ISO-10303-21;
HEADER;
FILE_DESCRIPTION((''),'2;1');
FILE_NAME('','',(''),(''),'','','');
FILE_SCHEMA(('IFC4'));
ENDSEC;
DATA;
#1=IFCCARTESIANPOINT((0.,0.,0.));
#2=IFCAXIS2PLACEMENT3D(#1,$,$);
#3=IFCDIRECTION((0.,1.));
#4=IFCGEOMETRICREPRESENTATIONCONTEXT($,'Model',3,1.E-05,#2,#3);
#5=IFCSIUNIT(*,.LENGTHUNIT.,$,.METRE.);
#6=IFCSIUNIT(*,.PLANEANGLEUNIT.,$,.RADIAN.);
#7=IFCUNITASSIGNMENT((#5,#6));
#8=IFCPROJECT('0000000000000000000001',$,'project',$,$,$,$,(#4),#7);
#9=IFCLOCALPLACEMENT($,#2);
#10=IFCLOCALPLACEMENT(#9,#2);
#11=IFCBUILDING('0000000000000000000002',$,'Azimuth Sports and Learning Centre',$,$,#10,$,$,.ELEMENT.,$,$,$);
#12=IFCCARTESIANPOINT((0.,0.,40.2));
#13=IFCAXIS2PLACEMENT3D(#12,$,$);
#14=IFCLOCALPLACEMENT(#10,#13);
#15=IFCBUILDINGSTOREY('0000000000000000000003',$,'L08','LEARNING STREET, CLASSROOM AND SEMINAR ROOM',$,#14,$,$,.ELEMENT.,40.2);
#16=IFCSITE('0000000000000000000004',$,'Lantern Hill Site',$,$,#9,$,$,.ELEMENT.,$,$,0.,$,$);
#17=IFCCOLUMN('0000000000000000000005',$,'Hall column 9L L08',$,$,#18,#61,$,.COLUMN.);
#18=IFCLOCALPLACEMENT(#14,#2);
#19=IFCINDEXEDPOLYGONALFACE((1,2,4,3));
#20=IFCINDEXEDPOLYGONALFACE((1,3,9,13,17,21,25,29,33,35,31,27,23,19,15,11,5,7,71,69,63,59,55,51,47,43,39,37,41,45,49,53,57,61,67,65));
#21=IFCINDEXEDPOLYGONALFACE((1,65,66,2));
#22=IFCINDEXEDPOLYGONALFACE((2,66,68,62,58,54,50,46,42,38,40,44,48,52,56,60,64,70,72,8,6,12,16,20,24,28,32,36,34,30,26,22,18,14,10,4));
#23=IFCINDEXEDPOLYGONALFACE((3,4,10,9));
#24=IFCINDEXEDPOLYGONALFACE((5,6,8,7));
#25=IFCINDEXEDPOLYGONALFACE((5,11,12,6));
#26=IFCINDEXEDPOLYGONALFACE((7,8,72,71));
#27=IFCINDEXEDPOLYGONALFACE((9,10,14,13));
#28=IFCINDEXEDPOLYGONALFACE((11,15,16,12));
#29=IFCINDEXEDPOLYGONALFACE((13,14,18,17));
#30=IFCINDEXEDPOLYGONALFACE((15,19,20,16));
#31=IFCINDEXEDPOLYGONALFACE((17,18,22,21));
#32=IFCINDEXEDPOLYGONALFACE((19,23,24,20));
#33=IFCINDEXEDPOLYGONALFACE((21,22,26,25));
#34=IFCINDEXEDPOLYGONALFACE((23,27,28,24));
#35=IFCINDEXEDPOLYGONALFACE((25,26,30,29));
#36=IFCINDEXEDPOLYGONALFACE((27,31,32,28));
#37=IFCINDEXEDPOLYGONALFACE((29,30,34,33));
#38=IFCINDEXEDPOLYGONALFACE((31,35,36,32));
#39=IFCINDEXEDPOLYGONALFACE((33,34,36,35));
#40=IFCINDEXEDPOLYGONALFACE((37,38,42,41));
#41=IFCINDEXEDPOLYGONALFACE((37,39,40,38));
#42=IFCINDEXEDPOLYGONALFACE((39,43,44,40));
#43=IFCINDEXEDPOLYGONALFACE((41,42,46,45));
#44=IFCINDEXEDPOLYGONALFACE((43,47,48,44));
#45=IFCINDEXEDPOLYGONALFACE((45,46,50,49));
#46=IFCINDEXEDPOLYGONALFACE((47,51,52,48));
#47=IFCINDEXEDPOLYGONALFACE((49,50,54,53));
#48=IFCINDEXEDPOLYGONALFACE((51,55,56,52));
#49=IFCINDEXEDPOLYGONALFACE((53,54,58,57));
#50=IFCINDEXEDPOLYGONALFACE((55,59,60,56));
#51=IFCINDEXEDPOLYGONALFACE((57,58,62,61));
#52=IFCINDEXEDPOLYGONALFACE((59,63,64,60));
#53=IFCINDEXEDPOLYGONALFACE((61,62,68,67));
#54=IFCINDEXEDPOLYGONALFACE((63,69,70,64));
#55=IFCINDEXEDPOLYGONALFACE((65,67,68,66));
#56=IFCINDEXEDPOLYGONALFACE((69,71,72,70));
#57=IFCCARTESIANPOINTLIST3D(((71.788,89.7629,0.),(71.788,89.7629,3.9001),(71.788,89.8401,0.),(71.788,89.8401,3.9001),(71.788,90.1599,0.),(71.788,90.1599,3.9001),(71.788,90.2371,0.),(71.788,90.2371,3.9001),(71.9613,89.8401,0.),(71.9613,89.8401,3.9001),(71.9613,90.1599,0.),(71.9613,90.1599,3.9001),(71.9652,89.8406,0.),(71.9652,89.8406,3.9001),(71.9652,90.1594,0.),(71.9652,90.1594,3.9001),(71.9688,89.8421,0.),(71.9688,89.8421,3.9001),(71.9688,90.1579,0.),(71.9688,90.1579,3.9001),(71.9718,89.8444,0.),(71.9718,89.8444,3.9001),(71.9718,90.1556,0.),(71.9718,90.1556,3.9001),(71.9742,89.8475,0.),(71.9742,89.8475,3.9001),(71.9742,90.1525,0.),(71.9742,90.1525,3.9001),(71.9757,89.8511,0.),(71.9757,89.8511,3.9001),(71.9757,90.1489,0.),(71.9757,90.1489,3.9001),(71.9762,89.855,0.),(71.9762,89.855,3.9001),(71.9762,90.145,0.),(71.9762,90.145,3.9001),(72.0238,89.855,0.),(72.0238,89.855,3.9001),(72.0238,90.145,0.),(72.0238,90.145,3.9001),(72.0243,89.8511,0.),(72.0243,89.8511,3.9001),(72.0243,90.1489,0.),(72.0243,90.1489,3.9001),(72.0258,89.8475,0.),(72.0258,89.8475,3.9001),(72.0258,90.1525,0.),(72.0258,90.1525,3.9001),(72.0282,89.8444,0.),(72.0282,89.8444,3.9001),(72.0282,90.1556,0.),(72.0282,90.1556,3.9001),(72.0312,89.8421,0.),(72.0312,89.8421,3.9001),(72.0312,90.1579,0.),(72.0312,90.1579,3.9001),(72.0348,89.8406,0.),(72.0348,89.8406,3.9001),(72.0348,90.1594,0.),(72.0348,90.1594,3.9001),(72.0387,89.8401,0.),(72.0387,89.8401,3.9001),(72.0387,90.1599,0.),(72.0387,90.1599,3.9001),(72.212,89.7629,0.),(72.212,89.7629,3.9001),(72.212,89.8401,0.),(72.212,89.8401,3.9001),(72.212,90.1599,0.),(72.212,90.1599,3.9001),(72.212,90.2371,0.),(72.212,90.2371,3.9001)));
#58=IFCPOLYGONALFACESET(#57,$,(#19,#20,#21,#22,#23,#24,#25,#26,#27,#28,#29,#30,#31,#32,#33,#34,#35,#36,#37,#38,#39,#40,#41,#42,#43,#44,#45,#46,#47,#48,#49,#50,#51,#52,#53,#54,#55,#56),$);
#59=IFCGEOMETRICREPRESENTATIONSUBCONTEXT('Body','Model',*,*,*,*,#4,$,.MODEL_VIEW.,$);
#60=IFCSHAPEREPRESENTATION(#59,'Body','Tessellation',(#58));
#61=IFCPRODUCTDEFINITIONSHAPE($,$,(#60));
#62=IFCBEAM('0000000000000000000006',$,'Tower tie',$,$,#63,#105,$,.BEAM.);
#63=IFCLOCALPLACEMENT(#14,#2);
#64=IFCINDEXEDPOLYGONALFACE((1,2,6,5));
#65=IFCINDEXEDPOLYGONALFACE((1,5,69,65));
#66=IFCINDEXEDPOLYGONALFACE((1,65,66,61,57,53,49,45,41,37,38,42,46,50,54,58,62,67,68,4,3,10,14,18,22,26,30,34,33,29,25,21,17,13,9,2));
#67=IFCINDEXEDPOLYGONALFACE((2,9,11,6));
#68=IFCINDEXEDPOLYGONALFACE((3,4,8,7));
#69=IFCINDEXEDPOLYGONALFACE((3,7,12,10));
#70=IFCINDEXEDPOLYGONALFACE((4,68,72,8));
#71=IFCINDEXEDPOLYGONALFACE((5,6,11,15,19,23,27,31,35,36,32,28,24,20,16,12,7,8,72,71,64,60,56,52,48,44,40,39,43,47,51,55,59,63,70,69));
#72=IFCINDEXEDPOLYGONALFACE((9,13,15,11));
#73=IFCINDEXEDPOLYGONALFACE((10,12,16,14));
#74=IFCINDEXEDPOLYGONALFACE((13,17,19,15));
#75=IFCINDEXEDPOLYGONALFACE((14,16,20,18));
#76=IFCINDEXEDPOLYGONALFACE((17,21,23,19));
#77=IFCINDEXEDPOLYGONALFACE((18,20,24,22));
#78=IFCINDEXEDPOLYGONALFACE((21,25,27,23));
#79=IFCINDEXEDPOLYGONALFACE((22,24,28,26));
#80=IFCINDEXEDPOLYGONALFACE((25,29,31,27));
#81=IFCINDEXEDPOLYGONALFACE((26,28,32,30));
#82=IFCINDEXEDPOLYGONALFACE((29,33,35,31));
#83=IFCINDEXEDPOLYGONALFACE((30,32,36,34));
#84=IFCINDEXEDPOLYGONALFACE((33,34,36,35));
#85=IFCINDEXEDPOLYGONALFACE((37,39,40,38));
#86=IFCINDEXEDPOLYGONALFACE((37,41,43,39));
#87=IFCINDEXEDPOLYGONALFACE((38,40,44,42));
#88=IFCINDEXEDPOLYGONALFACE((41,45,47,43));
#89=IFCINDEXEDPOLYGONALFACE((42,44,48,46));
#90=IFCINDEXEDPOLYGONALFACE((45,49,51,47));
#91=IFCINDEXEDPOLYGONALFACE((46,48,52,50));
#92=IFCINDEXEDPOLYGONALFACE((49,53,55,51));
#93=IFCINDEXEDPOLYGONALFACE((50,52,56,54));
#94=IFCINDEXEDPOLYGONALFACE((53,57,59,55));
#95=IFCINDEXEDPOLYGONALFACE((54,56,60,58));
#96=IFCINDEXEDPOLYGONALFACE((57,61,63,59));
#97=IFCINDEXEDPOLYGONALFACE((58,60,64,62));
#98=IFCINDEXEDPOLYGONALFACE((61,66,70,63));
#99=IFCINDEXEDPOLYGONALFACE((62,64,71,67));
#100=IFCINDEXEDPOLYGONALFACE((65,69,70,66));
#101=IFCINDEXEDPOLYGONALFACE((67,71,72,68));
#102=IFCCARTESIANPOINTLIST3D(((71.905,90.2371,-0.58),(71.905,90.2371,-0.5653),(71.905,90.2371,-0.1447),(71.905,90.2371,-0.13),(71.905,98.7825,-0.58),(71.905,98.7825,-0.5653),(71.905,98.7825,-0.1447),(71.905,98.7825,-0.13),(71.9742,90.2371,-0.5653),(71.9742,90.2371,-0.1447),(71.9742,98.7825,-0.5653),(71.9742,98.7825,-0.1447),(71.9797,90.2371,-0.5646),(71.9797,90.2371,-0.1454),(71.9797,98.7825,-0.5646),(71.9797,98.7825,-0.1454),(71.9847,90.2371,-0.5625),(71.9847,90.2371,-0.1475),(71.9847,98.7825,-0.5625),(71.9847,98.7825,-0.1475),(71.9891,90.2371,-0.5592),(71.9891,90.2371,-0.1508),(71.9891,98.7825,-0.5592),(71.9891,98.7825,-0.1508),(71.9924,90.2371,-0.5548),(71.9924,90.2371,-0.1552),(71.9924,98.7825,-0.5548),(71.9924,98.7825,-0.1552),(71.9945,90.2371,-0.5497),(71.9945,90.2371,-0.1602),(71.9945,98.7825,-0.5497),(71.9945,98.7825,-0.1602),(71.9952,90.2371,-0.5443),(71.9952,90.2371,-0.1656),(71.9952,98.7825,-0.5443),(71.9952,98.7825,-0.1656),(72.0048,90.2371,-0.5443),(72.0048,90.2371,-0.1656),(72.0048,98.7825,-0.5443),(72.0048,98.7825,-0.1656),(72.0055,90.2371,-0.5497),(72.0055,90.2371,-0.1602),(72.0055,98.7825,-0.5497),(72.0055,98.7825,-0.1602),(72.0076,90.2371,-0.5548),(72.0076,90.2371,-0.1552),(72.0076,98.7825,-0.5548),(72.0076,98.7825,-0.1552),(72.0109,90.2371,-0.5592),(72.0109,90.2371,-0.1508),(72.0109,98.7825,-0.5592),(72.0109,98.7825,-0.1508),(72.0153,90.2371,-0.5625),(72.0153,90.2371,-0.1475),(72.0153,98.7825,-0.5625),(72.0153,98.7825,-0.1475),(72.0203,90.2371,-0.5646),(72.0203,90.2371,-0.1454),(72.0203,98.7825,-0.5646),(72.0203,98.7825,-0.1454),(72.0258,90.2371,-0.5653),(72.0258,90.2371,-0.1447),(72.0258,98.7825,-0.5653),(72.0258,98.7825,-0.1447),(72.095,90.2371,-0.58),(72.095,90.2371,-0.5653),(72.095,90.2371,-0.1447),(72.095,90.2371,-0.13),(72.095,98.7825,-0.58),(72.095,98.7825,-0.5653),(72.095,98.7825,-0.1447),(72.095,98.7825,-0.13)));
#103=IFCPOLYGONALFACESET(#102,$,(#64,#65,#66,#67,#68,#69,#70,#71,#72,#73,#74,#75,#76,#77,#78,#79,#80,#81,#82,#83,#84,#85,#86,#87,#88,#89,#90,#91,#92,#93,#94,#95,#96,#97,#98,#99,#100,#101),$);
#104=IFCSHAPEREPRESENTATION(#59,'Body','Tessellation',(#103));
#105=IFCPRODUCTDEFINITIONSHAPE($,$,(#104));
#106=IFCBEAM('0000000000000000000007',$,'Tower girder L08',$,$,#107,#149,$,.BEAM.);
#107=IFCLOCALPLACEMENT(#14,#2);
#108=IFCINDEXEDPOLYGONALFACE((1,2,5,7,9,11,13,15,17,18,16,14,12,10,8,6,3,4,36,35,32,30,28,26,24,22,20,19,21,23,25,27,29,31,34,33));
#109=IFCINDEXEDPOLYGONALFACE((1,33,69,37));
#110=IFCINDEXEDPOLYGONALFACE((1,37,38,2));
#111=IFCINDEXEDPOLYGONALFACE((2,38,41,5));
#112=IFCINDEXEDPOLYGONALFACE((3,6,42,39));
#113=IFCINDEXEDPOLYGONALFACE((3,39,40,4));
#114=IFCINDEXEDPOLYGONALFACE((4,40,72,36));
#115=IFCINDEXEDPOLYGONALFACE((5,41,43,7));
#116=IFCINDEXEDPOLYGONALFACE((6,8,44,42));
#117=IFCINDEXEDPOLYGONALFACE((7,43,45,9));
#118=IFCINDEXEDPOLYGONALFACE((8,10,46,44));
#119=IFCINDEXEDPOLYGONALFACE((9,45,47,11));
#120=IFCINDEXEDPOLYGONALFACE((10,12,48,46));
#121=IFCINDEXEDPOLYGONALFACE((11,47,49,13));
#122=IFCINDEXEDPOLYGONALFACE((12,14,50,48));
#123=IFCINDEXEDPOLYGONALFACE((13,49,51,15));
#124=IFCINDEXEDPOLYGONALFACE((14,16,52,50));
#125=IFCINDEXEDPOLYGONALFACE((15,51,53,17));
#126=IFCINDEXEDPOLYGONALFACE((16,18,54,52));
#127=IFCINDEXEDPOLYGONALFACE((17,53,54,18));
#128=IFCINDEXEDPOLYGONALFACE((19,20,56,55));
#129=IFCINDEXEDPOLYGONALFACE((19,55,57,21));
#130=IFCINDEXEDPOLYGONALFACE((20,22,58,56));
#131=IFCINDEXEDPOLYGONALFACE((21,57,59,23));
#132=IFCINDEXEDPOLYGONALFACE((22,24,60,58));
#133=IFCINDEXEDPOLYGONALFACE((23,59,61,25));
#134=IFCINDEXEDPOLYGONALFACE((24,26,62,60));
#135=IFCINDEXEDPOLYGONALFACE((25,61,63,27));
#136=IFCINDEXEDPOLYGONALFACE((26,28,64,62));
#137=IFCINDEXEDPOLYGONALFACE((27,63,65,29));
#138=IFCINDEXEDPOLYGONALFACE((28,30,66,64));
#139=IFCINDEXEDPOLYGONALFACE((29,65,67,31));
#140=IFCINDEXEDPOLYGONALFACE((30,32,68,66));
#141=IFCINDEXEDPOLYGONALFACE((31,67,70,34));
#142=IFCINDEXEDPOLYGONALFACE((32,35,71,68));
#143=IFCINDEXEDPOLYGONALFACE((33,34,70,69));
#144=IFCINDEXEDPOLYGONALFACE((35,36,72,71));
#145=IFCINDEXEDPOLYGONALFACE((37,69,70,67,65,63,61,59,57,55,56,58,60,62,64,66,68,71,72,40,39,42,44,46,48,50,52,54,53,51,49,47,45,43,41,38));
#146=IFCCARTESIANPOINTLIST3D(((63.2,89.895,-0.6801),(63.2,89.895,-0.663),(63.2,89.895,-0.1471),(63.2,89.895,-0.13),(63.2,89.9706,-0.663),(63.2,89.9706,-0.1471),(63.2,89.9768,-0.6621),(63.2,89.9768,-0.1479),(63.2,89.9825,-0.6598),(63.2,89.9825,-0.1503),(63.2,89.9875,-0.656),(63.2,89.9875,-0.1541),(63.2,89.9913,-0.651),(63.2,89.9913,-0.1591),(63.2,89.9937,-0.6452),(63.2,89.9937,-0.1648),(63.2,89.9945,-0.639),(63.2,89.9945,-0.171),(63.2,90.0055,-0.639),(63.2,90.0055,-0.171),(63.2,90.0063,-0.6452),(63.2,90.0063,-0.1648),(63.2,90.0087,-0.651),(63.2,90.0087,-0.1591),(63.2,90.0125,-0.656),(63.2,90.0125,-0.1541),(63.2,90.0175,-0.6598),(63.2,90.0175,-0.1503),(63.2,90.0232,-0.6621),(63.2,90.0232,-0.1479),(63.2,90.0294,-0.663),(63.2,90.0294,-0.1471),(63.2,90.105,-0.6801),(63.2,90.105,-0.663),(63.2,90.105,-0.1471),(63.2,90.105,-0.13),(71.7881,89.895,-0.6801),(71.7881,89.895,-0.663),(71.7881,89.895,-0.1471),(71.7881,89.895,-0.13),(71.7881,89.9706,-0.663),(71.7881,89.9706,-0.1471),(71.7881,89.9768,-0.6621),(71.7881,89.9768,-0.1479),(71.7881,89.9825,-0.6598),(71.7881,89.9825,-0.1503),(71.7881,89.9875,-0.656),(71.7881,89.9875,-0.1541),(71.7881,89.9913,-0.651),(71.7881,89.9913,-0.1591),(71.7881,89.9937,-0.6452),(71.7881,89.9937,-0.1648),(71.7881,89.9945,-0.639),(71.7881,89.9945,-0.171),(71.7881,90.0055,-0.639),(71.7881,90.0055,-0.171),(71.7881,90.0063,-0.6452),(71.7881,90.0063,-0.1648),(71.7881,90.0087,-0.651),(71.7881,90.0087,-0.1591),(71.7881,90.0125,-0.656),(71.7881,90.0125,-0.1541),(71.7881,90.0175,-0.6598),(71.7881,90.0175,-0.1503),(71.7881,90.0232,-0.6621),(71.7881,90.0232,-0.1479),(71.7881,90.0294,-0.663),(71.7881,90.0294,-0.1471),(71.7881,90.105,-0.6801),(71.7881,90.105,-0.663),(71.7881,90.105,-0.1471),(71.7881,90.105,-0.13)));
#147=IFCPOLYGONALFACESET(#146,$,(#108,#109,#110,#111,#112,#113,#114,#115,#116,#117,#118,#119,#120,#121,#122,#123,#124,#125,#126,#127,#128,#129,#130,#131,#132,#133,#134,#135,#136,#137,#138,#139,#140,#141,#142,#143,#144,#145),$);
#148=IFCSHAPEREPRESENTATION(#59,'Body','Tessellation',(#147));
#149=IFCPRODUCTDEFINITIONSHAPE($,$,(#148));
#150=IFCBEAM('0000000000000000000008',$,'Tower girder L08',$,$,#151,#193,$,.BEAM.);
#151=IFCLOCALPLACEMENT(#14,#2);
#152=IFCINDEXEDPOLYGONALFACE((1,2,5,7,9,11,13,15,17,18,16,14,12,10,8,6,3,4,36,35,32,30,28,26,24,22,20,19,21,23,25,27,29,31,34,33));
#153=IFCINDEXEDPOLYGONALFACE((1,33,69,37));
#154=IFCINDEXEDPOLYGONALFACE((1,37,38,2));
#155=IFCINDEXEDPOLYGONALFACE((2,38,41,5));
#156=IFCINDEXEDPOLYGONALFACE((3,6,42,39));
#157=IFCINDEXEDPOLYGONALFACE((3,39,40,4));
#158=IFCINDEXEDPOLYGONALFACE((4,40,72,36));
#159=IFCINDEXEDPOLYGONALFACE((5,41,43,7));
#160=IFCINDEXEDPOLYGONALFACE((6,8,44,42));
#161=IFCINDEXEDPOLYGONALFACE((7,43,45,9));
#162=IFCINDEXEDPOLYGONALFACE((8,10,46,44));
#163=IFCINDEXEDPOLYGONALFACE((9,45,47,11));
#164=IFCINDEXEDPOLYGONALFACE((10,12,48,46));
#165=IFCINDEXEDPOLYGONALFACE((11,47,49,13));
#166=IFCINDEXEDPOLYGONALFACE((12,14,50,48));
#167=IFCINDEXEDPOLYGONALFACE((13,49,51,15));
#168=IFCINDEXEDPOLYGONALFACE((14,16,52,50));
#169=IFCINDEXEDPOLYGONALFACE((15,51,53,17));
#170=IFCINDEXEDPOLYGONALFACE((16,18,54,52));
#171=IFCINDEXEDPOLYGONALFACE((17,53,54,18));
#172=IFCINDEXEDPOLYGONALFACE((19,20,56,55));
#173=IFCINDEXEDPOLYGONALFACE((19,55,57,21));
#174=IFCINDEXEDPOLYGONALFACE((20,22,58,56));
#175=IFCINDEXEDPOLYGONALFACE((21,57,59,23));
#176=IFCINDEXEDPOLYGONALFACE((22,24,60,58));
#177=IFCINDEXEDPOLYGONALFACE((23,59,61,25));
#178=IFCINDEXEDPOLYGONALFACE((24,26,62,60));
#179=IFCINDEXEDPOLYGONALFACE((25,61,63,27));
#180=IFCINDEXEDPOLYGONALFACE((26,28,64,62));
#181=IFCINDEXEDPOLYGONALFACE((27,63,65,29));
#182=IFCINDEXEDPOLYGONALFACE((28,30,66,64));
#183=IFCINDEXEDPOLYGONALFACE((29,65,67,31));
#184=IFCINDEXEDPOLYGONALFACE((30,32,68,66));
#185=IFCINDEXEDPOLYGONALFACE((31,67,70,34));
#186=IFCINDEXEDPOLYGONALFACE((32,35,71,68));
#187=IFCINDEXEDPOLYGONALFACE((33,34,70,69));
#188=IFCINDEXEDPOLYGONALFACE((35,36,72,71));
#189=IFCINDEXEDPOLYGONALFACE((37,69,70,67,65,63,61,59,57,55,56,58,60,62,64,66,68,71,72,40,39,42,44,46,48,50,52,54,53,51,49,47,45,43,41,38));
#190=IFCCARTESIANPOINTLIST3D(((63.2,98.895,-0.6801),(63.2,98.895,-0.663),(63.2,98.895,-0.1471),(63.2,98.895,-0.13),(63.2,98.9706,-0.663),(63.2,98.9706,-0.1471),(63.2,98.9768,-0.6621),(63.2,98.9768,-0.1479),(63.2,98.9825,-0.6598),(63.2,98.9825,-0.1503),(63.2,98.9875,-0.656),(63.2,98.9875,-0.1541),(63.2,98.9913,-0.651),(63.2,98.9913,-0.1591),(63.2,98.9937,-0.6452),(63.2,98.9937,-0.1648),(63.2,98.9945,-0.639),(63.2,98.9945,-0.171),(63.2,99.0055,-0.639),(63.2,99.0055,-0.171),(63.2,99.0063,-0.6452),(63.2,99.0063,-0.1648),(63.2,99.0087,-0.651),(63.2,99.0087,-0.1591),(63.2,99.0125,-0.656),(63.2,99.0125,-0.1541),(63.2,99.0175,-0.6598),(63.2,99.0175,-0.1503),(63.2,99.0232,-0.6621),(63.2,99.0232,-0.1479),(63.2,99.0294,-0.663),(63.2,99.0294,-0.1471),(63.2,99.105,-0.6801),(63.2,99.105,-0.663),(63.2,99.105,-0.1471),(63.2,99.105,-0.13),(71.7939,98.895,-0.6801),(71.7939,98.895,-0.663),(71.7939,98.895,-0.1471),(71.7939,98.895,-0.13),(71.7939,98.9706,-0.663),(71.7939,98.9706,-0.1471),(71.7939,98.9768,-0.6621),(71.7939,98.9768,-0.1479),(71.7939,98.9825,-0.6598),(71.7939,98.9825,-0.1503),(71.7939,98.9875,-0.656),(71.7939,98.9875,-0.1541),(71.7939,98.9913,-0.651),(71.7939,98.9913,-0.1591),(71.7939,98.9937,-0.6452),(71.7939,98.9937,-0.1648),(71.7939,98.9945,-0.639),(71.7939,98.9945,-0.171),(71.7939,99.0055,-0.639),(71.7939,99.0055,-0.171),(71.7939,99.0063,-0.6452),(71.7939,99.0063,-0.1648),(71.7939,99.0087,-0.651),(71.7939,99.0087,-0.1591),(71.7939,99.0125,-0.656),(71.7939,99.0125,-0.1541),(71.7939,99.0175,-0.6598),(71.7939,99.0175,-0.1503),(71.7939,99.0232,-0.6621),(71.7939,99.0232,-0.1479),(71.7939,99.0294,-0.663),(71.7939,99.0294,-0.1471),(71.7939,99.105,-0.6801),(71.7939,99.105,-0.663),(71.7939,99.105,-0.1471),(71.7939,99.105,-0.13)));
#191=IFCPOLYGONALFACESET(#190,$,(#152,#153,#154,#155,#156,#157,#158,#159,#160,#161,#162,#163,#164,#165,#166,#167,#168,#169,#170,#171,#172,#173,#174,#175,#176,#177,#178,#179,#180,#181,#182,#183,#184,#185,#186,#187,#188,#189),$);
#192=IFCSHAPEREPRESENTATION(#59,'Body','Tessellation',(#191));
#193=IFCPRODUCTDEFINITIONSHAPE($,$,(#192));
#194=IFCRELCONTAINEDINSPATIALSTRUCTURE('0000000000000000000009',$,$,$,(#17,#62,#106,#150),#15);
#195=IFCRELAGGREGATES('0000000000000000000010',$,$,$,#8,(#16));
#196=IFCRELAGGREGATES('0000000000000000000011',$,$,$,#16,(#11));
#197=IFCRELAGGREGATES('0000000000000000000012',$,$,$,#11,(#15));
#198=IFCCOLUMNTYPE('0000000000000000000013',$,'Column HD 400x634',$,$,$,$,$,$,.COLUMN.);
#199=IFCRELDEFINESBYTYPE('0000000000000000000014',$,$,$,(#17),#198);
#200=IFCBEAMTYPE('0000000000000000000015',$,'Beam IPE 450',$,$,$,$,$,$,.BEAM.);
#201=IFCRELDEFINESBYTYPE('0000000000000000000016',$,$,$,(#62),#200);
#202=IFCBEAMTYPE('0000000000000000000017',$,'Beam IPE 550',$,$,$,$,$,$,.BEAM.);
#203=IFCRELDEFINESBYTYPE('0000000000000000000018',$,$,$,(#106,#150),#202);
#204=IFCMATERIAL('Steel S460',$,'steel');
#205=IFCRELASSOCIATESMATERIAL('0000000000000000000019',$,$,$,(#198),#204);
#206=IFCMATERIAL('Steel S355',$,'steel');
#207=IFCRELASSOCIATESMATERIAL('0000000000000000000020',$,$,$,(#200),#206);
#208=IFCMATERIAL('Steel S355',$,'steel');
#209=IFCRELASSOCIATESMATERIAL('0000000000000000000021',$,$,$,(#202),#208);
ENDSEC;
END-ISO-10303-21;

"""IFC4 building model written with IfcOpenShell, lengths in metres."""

from ifc_helpers import new_model, si_unit, direction, frame, origin, origin_2d, place, context, subcontext, project, spatial, i_section, extrude, material, material_profile, profile_set, type_object, element, save


model = new_model("IFC4")

# Units and contexts
model_context = context("Model", 3, precision=1e-05, world=origin(), true_north=direction((0.0, 1.0)))
body_context = subcontext(model_context, "Body", "Model", "MODEL_VIEW")
ifc_project = project(units=[si_unit("LENGTHUNIT", "METRE"), si_unit("PLANEANGLEUNIT", "RADIAN")], contexts=[model_context])

# Site, building, storey
site_placement = place(None, origin())
site = spatial("IfcSite", under=ifc_project, at=site_placement, Name="Lantern Hill Site", CompositionType="ELEMENT", RefElevation=0.0)
building_placement = place(site_placement, origin())
building = spatial("IfcBuilding", under=site, at=building_placement, Name="Azimuth Sports and Learning Centre", CompositionType="ELEMENT")
storey_placement = place(building_placement, frame((0.0, 0.0, 40.2)))
storey = spatial("IfcBuildingStorey", under=building, at=storey_placement, Name="L08", Description="LEARNING STREET, CLASSROOM AND SEMINAR ROOM", CompositionType="ELEMENT", Elevation=40.2)

# Column
ifc_material_1 = material(Name="Steel S460", Category="steel")
ifc_material_profile_1 = material_profile(ifc_material_1, i_section(OverallWidth=0.4241, OverallDepth=0.4741, WebThickness=0.0476, FlangeThickness=0.0771, FilletRadius=0.0149, at=origin_2d()), Name="HD 400x634")
ifc_profile_set_1 = profile_set([ifc_material_profile_1], Name="Steel S460")
column_type = type_object("IfcColumnType", Name="Column HD 400x634", PredefinedType="COLUMN", material=ifc_profile_set_1)
column_placement = place(storey_placement, frame((72.0, 90.0, 0.0), z_axis=(0.0, 0.0, 1.0), x_axis=(1.0, 0.0, 0.0)))
element("IfcColumn", 1, at=column_placement, inside=storey, type_object=column_type, Name="Hall column 9L L08", PredefinedType="COLUMN", context=body_context, shape_type="SweptSolid", body=[
    extrude(i_section(OverallWidth=0.4241, OverallDepth=0.4741, WebThickness=0.0476, FlangeThickness=0.0771, FilletRadius=0.0149, at=origin_2d()), origin(), (0.0, 0.0, 1.0), 3.9001),
])

# Beams
ifc_material_2 = material(Name="Steel S355", Category="steel")
ifc_material_profile_2 = material_profile(ifc_material_2, i_section(OverallWidth=0.1899, OverallDepth=0.45, WebThickness=0.0095, FlangeThickness=0.0146, FilletRadius=0.021, at=origin_2d()), Name="IPE 450")
ifc_profile_set_2 = profile_set([ifc_material_profile_2], Name="Steel S355")
beam_type_1 = type_object("IfcBeamType", Name="Beam IPE 450", PredefinedType="BEAM", material=ifc_profile_set_2)
beam_1_placement = place(storey_placement, frame((72.0, 90.2371, -0.355), z_axis=(0.0, 1.0, 0.0), x_axis=(-1.0, 0.0, 0.0)))
element("IfcBeam", 2, at=beam_1_placement, inside=storey, type_object=beam_type_1, Name="Tower tie", PredefinedType="BEAM", context=body_context, shape_type="SweptSolid", body=[
    extrude(i_section(OverallWidth=0.1899, OverallDepth=0.45, WebThickness=0.0095, FlangeThickness=0.0146, FilletRadius=0.021, at=origin_2d()), origin(), (0.0, 0.0, 1.0), 8.5454),
])
ifc_material_3 = material(Name="Steel S355", Category="steel")
ifc_material_profile_3 = material_profile(ifc_material_3, i_section(OverallWidth=0.21, OverallDepth=0.55, WebThickness=0.011, FlangeThickness=0.0171, FilletRadius=0.0239, at=origin_2d()), Name="IPE 550")
ifc_profile_set_3 = profile_set([ifc_material_profile_3], Name="Steel S355")
beam_type_2 = type_object("IfcBeamType", Name="Beam IPE 550", PredefinedType="BEAM", material=ifc_profile_set_3)
beam_2_placement = place(storey_placement, frame((63.2, 90.0, -0.405), z_axis=(1.0, 0.0, 0.0), x_axis=(0.0, 1.0, 0.0)))
element("IfcBeam", 3, at=beam_2_placement, inside=storey, type_object=beam_type_2, Name="Tower girder L08", PredefinedType="BEAM", context=body_context, shape_type="SweptSolid", body=[
    extrude(i_section(OverallWidth=0.21, OverallDepth=0.55, WebThickness=0.011, FlangeThickness=0.0171, FilletRadius=0.0239, at=origin_2d()), origin(), (0.0, 0.0, 1.0), 8.5881),
])
beam_3_placement = place(storey_placement, frame((63.2, 99.0, -0.405), z_axis=(1.0, 0.0, 0.0), x_axis=(0.0, 1.0, 0.0)))
element("IfcBeam", 4, at=beam_3_placement, inside=storey, type_object=beam_type_2, Name="Tower girder L08", PredefinedType="BEAM", context=body_context, shape_type="SweptSolid", body=[
    extrude(i_section(OverallWidth=0.21, OverallDepth=0.55, WebThickness=0.011, FlangeThickness=0.0171, FilletRadius=0.0239, at=origin_2d()), origin(), (0.0, 0.0, 1.0), 8.594),
])

save(model, "model.ifc")
